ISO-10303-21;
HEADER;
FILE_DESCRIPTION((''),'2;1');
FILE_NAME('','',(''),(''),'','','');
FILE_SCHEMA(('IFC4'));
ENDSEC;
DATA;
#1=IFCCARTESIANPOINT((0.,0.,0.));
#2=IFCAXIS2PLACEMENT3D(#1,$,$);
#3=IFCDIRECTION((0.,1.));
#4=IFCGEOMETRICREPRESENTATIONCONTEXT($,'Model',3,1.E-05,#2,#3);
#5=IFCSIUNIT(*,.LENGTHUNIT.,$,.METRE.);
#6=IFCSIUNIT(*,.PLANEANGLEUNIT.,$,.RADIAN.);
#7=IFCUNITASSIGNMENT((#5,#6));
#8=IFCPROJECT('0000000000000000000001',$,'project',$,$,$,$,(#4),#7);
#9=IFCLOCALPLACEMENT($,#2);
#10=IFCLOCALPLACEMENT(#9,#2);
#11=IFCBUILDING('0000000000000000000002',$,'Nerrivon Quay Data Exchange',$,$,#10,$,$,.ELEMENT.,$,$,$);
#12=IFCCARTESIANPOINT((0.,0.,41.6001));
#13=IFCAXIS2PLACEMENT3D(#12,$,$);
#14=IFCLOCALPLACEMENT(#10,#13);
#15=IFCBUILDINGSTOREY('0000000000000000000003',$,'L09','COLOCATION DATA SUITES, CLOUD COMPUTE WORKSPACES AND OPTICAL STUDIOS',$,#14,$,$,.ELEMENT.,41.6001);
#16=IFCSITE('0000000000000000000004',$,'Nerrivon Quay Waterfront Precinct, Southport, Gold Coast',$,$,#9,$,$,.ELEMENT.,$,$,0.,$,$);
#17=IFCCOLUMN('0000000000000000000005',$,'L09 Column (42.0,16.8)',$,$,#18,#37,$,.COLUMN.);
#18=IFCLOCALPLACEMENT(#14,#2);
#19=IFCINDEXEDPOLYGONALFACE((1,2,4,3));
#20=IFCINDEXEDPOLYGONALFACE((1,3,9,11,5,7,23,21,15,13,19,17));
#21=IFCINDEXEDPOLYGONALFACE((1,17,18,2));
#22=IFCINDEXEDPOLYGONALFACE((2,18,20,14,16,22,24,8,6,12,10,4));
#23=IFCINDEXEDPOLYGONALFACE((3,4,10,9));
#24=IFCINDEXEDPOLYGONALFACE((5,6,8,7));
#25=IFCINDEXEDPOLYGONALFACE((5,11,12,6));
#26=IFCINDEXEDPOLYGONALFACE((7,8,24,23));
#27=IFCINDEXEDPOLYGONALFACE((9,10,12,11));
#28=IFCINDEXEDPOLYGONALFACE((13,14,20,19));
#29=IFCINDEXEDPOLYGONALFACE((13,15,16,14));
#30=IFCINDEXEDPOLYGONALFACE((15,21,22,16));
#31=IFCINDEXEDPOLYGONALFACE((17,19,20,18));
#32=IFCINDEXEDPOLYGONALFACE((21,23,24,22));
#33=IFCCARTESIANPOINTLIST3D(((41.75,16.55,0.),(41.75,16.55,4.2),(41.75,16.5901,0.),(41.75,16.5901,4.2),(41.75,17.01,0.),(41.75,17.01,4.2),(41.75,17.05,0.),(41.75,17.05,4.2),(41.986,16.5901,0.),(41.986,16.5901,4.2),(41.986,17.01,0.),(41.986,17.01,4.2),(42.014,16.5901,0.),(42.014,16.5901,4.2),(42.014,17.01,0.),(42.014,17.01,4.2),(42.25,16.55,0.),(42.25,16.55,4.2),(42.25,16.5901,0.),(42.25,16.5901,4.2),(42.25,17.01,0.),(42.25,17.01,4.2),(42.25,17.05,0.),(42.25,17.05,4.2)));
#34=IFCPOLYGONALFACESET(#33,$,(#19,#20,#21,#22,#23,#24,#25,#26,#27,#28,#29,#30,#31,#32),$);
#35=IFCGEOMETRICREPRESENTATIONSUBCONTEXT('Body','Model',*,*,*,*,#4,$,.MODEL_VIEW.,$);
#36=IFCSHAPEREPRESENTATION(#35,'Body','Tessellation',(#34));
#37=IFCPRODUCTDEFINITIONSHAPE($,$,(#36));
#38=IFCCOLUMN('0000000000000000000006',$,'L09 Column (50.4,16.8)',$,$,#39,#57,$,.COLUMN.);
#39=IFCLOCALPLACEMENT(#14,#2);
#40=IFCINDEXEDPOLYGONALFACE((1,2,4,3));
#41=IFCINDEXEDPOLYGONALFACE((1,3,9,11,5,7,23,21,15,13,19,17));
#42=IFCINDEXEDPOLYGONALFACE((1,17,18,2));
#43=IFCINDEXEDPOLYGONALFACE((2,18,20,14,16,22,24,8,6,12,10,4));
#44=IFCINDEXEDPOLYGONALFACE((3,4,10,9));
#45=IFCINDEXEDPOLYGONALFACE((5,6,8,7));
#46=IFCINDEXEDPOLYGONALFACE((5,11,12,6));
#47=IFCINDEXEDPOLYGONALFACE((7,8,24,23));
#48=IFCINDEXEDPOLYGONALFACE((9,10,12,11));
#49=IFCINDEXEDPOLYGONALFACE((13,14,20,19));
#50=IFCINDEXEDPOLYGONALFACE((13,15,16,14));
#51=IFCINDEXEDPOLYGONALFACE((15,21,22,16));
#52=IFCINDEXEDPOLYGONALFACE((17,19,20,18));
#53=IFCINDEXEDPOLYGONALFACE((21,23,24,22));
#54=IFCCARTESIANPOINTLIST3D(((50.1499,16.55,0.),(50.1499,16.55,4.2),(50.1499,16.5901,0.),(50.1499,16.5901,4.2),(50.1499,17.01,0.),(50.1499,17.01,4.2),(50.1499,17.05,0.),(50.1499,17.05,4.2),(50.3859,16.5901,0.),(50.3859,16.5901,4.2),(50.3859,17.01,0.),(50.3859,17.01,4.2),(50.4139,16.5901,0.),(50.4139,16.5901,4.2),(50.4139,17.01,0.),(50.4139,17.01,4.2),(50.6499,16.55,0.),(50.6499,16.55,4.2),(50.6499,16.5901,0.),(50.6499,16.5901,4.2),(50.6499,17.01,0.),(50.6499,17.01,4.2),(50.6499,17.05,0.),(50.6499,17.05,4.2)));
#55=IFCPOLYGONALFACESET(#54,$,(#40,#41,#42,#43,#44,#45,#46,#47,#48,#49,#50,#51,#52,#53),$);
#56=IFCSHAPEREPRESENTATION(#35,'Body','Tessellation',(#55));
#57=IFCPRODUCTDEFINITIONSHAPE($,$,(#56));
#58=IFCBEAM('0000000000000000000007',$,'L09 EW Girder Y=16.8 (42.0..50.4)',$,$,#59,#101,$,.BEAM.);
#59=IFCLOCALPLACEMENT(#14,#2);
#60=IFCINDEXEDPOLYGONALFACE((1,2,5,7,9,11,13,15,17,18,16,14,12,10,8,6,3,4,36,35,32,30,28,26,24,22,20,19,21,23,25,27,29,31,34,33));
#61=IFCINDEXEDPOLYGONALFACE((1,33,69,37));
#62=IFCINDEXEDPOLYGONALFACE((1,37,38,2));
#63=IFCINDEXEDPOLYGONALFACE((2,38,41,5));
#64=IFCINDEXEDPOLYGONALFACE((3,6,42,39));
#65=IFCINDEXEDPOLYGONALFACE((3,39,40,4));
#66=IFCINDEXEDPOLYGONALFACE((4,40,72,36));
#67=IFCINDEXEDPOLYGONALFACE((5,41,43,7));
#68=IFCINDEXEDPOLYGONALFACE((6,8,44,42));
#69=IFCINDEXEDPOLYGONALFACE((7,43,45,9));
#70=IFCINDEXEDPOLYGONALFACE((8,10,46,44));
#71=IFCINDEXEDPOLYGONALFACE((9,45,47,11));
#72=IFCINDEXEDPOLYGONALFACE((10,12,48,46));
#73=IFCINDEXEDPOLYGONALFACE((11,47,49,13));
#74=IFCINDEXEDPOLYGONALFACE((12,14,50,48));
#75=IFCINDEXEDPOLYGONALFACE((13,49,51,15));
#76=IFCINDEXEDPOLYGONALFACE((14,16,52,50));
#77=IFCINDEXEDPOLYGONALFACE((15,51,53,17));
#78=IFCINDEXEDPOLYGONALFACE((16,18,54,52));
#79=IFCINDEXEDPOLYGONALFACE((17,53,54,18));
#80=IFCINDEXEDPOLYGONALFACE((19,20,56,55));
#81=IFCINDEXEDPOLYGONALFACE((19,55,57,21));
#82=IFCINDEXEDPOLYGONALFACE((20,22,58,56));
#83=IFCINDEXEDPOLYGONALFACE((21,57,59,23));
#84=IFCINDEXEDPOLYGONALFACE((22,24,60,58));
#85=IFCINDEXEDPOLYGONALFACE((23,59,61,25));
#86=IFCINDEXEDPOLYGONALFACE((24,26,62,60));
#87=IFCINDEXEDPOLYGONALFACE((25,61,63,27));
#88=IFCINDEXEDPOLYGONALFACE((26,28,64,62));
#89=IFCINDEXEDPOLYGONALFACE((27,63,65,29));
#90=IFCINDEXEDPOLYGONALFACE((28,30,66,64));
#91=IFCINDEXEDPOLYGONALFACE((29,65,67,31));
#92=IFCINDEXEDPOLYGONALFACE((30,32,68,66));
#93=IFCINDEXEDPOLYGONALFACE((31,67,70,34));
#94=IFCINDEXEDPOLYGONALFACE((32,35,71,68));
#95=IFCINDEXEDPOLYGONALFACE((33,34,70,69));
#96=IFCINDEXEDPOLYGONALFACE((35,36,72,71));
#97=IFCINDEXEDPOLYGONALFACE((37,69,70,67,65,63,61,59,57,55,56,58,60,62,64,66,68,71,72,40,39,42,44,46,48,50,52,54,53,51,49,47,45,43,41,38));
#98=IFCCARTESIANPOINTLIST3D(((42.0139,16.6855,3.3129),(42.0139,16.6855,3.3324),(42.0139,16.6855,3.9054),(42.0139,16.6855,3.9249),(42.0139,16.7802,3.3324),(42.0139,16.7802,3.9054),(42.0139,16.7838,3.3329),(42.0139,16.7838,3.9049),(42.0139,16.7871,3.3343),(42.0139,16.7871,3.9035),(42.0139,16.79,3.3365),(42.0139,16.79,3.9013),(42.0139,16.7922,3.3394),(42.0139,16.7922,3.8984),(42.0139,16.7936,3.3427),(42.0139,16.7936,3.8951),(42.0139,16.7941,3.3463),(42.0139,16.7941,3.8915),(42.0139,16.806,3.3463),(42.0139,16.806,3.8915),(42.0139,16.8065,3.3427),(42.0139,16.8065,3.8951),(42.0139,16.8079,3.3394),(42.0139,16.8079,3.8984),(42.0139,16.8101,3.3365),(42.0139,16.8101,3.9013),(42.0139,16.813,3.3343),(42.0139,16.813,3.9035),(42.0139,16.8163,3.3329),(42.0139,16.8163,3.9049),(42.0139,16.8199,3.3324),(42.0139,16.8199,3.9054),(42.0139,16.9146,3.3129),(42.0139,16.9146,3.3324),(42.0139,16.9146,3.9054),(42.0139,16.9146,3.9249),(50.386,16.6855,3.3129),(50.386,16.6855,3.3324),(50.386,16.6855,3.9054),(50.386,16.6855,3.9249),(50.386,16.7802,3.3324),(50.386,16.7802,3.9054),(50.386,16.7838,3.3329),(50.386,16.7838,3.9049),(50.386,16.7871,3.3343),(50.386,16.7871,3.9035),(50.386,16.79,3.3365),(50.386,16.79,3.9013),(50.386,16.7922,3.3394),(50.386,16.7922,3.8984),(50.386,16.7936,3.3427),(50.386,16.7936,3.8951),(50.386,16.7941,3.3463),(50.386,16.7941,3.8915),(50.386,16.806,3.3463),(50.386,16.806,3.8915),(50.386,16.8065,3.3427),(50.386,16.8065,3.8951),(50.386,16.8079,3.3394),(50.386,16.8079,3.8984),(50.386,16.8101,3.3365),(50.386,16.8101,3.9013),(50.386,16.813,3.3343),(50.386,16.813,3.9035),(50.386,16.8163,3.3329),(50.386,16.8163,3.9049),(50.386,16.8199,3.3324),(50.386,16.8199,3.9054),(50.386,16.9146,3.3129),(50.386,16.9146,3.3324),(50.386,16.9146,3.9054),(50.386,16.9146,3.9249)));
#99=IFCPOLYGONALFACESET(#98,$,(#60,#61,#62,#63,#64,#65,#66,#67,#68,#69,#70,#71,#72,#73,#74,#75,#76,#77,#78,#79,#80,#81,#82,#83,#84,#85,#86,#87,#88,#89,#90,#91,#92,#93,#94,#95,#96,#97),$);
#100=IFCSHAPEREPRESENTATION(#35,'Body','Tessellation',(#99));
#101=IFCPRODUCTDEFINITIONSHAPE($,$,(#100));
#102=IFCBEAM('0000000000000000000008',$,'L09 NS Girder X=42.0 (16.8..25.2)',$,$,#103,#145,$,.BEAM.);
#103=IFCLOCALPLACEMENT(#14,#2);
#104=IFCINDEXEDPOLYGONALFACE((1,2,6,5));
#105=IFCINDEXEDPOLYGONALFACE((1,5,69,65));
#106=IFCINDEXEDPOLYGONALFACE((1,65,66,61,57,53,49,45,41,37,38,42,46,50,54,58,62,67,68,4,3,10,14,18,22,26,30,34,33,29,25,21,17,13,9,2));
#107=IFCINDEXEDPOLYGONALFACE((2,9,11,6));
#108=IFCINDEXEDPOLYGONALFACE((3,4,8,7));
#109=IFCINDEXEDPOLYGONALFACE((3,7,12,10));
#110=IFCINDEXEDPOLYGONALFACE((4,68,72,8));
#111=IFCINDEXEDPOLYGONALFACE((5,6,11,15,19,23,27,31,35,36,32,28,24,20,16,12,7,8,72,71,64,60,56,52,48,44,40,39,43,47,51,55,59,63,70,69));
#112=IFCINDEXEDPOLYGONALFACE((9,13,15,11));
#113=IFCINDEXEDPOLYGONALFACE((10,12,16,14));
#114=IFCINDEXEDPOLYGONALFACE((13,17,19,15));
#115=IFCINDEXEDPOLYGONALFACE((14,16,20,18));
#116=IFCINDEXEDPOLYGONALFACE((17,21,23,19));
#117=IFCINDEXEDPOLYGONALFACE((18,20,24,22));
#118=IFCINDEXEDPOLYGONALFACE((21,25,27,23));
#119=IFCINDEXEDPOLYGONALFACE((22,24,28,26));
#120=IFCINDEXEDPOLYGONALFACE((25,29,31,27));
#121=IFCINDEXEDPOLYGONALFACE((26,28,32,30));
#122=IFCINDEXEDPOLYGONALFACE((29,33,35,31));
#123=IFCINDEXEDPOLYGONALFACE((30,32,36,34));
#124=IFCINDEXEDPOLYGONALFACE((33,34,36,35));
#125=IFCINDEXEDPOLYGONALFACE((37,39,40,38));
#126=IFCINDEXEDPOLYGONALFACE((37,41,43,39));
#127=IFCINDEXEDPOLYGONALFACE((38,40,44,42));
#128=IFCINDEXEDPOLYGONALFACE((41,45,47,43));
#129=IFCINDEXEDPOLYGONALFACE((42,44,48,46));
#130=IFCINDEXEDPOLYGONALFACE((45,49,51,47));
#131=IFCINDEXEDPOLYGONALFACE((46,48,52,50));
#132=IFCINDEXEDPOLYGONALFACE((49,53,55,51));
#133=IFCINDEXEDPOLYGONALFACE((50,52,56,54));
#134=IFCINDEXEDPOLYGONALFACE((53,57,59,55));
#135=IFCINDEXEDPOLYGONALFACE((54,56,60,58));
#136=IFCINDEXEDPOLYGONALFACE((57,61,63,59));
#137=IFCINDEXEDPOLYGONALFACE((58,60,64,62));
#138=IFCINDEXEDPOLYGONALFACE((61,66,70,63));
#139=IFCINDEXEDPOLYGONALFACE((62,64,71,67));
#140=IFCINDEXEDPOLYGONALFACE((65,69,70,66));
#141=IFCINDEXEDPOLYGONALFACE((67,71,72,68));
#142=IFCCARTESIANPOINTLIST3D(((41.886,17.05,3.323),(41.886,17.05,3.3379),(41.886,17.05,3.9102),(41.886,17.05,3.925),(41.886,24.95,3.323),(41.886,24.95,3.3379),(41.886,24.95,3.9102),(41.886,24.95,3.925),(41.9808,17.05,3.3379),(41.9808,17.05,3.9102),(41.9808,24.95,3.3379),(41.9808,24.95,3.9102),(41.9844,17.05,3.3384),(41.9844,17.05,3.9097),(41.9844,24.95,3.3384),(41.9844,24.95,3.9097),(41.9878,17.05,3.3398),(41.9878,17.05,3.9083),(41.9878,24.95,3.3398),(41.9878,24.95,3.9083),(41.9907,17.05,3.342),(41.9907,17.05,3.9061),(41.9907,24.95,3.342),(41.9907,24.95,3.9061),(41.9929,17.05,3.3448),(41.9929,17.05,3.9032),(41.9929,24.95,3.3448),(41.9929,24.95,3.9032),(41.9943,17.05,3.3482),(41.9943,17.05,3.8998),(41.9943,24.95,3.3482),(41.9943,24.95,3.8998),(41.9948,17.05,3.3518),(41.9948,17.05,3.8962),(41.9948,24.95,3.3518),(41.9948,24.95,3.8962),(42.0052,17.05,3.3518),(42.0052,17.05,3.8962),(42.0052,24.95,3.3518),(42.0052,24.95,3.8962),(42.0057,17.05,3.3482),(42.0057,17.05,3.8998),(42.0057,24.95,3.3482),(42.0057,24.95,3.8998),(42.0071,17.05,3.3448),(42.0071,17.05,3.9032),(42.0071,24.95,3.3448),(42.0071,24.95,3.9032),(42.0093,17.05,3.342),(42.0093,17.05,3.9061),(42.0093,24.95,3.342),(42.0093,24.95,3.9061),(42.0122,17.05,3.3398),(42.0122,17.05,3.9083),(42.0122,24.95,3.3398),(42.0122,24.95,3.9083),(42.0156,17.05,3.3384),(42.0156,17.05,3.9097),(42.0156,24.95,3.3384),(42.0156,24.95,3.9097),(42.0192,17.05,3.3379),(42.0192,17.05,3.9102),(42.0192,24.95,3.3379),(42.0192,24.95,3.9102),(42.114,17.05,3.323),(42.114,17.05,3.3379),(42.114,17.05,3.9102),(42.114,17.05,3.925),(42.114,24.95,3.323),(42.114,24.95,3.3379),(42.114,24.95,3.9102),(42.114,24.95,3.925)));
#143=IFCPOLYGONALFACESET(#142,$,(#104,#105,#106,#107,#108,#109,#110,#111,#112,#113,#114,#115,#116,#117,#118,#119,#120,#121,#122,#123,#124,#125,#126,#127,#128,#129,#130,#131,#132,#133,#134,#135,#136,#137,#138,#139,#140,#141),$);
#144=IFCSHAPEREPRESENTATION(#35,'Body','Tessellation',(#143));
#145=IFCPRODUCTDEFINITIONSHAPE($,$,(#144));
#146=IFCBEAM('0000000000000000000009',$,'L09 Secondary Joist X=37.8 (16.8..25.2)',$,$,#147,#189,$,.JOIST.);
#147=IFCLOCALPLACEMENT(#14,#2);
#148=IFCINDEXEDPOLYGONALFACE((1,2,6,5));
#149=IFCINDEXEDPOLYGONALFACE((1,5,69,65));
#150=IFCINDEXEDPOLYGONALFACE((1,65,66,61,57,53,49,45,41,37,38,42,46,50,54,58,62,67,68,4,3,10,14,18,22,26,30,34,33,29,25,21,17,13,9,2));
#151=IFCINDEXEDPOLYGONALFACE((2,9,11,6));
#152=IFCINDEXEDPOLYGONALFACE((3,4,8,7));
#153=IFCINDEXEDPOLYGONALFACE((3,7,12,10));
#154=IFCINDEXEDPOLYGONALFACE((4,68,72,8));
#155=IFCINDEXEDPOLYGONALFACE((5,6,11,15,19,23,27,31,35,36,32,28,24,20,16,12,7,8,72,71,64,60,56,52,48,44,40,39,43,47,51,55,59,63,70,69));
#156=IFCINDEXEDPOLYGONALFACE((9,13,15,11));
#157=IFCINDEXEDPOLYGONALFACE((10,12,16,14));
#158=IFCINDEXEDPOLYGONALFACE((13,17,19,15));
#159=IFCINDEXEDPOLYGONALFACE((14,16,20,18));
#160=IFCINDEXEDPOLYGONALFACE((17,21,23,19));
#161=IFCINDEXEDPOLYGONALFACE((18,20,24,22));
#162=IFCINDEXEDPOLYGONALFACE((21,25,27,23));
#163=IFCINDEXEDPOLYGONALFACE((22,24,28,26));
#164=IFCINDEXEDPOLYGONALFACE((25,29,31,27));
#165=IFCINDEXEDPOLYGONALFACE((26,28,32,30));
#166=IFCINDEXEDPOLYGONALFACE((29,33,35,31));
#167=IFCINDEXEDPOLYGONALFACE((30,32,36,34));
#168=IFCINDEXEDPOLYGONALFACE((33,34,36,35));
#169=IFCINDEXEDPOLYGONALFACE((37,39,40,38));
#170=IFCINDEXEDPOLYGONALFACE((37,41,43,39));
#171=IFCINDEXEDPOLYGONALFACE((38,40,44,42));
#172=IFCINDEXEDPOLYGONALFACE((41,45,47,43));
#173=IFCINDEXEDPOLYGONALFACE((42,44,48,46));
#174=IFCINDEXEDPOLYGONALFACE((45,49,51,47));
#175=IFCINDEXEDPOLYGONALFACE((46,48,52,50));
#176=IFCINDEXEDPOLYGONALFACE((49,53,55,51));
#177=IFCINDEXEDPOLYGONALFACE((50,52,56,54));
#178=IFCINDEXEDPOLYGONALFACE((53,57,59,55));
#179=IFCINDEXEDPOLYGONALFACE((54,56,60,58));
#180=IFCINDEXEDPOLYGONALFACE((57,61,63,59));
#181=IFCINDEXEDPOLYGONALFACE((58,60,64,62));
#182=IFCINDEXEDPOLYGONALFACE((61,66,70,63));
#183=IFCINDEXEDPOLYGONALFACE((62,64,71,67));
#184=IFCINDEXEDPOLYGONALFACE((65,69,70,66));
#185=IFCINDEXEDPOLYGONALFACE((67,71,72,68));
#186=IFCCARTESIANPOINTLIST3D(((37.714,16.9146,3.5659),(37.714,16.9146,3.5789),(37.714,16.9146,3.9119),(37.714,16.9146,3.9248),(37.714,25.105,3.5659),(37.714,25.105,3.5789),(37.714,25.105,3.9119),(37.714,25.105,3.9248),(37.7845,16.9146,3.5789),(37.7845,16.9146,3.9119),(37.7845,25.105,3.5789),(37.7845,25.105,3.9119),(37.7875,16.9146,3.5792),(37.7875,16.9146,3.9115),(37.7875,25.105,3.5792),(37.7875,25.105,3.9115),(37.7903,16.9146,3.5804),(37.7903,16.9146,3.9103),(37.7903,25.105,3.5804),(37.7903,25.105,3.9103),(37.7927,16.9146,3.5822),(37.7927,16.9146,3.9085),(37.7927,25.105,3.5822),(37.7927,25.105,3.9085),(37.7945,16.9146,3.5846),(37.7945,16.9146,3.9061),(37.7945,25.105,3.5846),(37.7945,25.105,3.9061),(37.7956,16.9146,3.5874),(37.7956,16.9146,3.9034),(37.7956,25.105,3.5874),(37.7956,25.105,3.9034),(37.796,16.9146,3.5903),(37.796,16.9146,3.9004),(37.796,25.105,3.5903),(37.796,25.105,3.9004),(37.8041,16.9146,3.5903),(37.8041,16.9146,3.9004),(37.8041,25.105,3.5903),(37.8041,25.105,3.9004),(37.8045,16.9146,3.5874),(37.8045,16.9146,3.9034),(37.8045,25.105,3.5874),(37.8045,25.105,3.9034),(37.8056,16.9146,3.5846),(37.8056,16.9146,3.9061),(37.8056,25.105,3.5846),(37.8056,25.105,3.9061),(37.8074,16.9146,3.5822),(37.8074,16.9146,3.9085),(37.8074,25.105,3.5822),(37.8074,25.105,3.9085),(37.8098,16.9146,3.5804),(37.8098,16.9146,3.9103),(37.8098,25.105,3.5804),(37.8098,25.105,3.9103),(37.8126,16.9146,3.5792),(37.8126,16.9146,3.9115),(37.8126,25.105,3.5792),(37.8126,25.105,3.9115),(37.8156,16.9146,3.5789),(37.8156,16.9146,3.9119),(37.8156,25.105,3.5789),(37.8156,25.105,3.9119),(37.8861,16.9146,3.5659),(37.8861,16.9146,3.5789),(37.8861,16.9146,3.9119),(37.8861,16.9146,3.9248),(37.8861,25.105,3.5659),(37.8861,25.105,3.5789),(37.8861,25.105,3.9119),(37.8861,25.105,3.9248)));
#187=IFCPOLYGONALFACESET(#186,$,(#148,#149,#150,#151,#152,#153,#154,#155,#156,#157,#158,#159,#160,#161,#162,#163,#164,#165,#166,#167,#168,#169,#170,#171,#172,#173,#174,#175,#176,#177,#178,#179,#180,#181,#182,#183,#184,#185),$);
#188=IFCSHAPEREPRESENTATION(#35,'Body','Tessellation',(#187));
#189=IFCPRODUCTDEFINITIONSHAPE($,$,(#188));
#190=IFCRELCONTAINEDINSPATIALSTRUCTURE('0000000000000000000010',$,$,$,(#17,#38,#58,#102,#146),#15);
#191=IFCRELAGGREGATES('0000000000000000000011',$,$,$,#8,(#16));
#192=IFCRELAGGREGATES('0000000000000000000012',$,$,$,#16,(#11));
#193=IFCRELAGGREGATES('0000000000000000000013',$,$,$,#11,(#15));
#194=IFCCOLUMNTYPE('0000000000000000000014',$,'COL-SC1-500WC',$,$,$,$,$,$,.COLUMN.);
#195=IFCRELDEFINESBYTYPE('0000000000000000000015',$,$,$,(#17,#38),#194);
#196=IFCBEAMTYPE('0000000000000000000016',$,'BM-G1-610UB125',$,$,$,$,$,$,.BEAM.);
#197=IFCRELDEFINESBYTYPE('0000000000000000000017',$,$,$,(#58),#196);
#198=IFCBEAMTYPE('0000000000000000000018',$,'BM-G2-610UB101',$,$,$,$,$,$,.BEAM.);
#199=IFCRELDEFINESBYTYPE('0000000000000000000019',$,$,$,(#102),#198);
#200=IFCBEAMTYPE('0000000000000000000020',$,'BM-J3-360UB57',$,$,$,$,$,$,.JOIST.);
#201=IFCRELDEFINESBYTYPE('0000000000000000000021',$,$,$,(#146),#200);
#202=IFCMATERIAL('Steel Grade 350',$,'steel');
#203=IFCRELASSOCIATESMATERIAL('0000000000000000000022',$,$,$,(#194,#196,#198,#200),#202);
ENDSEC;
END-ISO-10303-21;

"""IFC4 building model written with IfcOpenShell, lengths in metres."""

from ifc_helpers import new_model, si_unit, direction, frame, origin, origin_2d, place, context, subcontext, project, spatial, i_section, extrude, material, material_profile, profile_set, type_object, element, save


model = new_model("IFC4")

# Units and contexts
model_context = context("Model", 3, precision=1e-05, world=origin(), true_north=direction((0.0, 1.0)))
body_context = subcontext(model_context, "Body", "Model", "MODEL_VIEW")
ifc_project = project(units=[si_unit("LENGTHUNIT", "METRE"), si_unit("PLANEANGLEUNIT", "RADIAN")], contexts=[model_context])

# Site, building, storey
site_placement = place(None, origin())
site = spatial("IfcSite", under=ifc_project, at=site_placement, Name="Nerrivon Quay Waterfront Precinct, Southport, Gold Coast", CompositionType="ELEMENT", RefElevation=0.0)
building_placement = place(site_placement, origin())
building = spatial("IfcBuilding", under=site, at=building_placement, Name="Nerrivon Quay Data Exchange", CompositionType="ELEMENT")
storey_placement = place(building_placement, frame((0.0, 0.0, 41.6001)))
storey = spatial("IfcBuildingStorey", under=building, at=storey_placement, Name="L09", Description="COLOCATION DATA SUITES, CLOUD COMPUTE WORKSPACES AND OPTICAL STUDIOS", CompositionType="ELEMENT", Elevation=41.6001)

# Columns
ifc_material_1 = material(Name="Steel Grade 350", Category="steel")
ifc_material_profile_1 = material_profile(ifc_material_1, i_section(OverallWidth=0.5, OverallDepth=0.5, WebThickness=0.0281, FlangeThickness=0.04, at=origin_2d()), Name="500WC440")
ifc_profile_set_1 = profile_set([ifc_material_profile_1], Name="Steel Grade 350")
column_type = type_object("IfcColumnType", Name="COL-SC1-500WC", PredefinedType="COLUMN", material=ifc_profile_set_1)
for number, where, z_axis, x_axis, name in (
    (1, (42.0, 16.8, 0.0), (0.0, 0.0, 1.0), (1.0, 0.0, 0.0), "L09 Column (42.0,16.8)"),
    (2, (50.3999, 16.8, 0.0), (0.0, 0.0, 1.0), (1.0, 0.0, 0.0), "L09 Column (50.4,16.8)"),
):
    element("IfcColumn", number, at=place(storey_placement, frame(where, z_axis=z_axis, x_axis=x_axis)), inside=storey, type_object=column_type, Name=name, PredefinedType="COLUMN", context=body_context, shape_type="SweptSolid", body=[
        extrude(i_section(OverallWidth=0.5, OverallDepth=0.5, WebThickness=0.0281, FlangeThickness=0.04, at=origin_2d()), origin(), (0.0, 0.0, 1.0), 4.2),
    ])

# Beams
ifc_material_profile_2 = material_profile(ifc_material_1, i_section(OverallWidth=0.229, OverallDepth=0.6121, WebThickness=0.012, FlangeThickness=0.0195, FilletRadius=0.0139, at=origin_2d()), Name="610UB125")
ifc_profile_set_2 = profile_set([ifc_material_profile_2], Name="Steel Grade 350")
beam_type_1 = type_object("IfcBeamType", Name="BM-G1-610UB125", PredefinedType="BEAM", material=ifc_profile_set_2)
beam_1_placement = place(storey_placement, frame((42.0139, 16.8, 3.6189), z_axis=(1.0, 0.0, 0.0), x_axis=(0.0, 1.0, 0.0)))
element("IfcBeam", 3, at=beam_1_placement, inside=storey, type_object=beam_type_1, Name="L09 EW Girder Y=16.8 (42.0..50.4)", PredefinedType="BEAM", context=body_context, shape_type="SweptSolid", body=[
    extrude(i_section(OverallWidth=0.229, OverallDepth=0.6121, WebThickness=0.012, FlangeThickness=0.0195, FilletRadius=0.0139, at=origin_2d()), origin(), (0.0, 0.0, 1.0), 8.3721),
])
ifc_material_profile_3 = material_profile(ifc_material_1, i_section(OverallWidth=0.228, OverallDepth=0.6021, WebThickness=0.0105, FlangeThickness=0.0149, FilletRadius=0.0139, at=origin_2d()), Name="610UB101")
ifc_profile_set_3 = profile_set([ifc_material_profile_3], Name="Steel Grade 350")
beam_type_2 = type_object("IfcBeamType", Name="BM-G2-610UB101", PredefinedType="BEAM", material=ifc_profile_set_3)
beam_2_placement = place(storey_placement, frame((42.0, 17.05, 3.624), z_axis=(0.0, 1.0, 0.0), x_axis=(-1.0, 0.0, 0.0)))
element("IfcBeam", 4, at=beam_2_placement, inside=storey, type_object=beam_type_2, Name="L09 NS Girder X=42.0 (16.8..25.2)", PredefinedType="BEAM", context=body_context, shape_type="SweptSolid", body=[
    extrude(i_section(OverallWidth=0.228, OverallDepth=0.6021, WebThickness=0.0105, FlangeThickness=0.0149, FilletRadius=0.0139, at=origin_2d()), origin(), (0.0, 0.0, 1.0), 7.8999),
])
ifc_material_profile_4 = material_profile(ifc_material_1, i_section(OverallWidth=0.1721, OverallDepth=0.3589, WebThickness=0.0081, FlangeThickness=0.0129, FilletRadius=0.0115, at=origin_2d()), Name="360UB56.7")
ifc_profile_set_4 = profile_set([ifc_material_profile_4], Name="Steel Grade 350")
beam_type_3 = type_object("IfcBeamType", Name="BM-J3-360UB57", PredefinedType="JOIST", material=ifc_profile_set_4)
for number, where, z_axis, x_axis, name in (
    (5, (37.8, 16.9146, 3.7454), (0.0, 1.0, 0.0), (-1.0, 0.0, 0.0), "L09 Secondary Joist X=37.8 (16.8..25.2)"),
):
    element("IfcBeam", number, at=place(storey_placement, frame(where, z_axis=z_axis, x_axis=x_axis)), inside=storey, type_object=beam_type_3, Name=name, PredefinedType="JOIST", context=body_context, shape_type="SweptSolid", body=[
        extrude(i_section(OverallWidth=0.1721, OverallDepth=0.3589, WebThickness=0.0081, FlangeThickness=0.0129, FilletRadius=0.0115, at=origin_2d()), origin(), (0.0, 0.0, 1.0), 8.1904),
    ])

save(model, "model.ifc")
